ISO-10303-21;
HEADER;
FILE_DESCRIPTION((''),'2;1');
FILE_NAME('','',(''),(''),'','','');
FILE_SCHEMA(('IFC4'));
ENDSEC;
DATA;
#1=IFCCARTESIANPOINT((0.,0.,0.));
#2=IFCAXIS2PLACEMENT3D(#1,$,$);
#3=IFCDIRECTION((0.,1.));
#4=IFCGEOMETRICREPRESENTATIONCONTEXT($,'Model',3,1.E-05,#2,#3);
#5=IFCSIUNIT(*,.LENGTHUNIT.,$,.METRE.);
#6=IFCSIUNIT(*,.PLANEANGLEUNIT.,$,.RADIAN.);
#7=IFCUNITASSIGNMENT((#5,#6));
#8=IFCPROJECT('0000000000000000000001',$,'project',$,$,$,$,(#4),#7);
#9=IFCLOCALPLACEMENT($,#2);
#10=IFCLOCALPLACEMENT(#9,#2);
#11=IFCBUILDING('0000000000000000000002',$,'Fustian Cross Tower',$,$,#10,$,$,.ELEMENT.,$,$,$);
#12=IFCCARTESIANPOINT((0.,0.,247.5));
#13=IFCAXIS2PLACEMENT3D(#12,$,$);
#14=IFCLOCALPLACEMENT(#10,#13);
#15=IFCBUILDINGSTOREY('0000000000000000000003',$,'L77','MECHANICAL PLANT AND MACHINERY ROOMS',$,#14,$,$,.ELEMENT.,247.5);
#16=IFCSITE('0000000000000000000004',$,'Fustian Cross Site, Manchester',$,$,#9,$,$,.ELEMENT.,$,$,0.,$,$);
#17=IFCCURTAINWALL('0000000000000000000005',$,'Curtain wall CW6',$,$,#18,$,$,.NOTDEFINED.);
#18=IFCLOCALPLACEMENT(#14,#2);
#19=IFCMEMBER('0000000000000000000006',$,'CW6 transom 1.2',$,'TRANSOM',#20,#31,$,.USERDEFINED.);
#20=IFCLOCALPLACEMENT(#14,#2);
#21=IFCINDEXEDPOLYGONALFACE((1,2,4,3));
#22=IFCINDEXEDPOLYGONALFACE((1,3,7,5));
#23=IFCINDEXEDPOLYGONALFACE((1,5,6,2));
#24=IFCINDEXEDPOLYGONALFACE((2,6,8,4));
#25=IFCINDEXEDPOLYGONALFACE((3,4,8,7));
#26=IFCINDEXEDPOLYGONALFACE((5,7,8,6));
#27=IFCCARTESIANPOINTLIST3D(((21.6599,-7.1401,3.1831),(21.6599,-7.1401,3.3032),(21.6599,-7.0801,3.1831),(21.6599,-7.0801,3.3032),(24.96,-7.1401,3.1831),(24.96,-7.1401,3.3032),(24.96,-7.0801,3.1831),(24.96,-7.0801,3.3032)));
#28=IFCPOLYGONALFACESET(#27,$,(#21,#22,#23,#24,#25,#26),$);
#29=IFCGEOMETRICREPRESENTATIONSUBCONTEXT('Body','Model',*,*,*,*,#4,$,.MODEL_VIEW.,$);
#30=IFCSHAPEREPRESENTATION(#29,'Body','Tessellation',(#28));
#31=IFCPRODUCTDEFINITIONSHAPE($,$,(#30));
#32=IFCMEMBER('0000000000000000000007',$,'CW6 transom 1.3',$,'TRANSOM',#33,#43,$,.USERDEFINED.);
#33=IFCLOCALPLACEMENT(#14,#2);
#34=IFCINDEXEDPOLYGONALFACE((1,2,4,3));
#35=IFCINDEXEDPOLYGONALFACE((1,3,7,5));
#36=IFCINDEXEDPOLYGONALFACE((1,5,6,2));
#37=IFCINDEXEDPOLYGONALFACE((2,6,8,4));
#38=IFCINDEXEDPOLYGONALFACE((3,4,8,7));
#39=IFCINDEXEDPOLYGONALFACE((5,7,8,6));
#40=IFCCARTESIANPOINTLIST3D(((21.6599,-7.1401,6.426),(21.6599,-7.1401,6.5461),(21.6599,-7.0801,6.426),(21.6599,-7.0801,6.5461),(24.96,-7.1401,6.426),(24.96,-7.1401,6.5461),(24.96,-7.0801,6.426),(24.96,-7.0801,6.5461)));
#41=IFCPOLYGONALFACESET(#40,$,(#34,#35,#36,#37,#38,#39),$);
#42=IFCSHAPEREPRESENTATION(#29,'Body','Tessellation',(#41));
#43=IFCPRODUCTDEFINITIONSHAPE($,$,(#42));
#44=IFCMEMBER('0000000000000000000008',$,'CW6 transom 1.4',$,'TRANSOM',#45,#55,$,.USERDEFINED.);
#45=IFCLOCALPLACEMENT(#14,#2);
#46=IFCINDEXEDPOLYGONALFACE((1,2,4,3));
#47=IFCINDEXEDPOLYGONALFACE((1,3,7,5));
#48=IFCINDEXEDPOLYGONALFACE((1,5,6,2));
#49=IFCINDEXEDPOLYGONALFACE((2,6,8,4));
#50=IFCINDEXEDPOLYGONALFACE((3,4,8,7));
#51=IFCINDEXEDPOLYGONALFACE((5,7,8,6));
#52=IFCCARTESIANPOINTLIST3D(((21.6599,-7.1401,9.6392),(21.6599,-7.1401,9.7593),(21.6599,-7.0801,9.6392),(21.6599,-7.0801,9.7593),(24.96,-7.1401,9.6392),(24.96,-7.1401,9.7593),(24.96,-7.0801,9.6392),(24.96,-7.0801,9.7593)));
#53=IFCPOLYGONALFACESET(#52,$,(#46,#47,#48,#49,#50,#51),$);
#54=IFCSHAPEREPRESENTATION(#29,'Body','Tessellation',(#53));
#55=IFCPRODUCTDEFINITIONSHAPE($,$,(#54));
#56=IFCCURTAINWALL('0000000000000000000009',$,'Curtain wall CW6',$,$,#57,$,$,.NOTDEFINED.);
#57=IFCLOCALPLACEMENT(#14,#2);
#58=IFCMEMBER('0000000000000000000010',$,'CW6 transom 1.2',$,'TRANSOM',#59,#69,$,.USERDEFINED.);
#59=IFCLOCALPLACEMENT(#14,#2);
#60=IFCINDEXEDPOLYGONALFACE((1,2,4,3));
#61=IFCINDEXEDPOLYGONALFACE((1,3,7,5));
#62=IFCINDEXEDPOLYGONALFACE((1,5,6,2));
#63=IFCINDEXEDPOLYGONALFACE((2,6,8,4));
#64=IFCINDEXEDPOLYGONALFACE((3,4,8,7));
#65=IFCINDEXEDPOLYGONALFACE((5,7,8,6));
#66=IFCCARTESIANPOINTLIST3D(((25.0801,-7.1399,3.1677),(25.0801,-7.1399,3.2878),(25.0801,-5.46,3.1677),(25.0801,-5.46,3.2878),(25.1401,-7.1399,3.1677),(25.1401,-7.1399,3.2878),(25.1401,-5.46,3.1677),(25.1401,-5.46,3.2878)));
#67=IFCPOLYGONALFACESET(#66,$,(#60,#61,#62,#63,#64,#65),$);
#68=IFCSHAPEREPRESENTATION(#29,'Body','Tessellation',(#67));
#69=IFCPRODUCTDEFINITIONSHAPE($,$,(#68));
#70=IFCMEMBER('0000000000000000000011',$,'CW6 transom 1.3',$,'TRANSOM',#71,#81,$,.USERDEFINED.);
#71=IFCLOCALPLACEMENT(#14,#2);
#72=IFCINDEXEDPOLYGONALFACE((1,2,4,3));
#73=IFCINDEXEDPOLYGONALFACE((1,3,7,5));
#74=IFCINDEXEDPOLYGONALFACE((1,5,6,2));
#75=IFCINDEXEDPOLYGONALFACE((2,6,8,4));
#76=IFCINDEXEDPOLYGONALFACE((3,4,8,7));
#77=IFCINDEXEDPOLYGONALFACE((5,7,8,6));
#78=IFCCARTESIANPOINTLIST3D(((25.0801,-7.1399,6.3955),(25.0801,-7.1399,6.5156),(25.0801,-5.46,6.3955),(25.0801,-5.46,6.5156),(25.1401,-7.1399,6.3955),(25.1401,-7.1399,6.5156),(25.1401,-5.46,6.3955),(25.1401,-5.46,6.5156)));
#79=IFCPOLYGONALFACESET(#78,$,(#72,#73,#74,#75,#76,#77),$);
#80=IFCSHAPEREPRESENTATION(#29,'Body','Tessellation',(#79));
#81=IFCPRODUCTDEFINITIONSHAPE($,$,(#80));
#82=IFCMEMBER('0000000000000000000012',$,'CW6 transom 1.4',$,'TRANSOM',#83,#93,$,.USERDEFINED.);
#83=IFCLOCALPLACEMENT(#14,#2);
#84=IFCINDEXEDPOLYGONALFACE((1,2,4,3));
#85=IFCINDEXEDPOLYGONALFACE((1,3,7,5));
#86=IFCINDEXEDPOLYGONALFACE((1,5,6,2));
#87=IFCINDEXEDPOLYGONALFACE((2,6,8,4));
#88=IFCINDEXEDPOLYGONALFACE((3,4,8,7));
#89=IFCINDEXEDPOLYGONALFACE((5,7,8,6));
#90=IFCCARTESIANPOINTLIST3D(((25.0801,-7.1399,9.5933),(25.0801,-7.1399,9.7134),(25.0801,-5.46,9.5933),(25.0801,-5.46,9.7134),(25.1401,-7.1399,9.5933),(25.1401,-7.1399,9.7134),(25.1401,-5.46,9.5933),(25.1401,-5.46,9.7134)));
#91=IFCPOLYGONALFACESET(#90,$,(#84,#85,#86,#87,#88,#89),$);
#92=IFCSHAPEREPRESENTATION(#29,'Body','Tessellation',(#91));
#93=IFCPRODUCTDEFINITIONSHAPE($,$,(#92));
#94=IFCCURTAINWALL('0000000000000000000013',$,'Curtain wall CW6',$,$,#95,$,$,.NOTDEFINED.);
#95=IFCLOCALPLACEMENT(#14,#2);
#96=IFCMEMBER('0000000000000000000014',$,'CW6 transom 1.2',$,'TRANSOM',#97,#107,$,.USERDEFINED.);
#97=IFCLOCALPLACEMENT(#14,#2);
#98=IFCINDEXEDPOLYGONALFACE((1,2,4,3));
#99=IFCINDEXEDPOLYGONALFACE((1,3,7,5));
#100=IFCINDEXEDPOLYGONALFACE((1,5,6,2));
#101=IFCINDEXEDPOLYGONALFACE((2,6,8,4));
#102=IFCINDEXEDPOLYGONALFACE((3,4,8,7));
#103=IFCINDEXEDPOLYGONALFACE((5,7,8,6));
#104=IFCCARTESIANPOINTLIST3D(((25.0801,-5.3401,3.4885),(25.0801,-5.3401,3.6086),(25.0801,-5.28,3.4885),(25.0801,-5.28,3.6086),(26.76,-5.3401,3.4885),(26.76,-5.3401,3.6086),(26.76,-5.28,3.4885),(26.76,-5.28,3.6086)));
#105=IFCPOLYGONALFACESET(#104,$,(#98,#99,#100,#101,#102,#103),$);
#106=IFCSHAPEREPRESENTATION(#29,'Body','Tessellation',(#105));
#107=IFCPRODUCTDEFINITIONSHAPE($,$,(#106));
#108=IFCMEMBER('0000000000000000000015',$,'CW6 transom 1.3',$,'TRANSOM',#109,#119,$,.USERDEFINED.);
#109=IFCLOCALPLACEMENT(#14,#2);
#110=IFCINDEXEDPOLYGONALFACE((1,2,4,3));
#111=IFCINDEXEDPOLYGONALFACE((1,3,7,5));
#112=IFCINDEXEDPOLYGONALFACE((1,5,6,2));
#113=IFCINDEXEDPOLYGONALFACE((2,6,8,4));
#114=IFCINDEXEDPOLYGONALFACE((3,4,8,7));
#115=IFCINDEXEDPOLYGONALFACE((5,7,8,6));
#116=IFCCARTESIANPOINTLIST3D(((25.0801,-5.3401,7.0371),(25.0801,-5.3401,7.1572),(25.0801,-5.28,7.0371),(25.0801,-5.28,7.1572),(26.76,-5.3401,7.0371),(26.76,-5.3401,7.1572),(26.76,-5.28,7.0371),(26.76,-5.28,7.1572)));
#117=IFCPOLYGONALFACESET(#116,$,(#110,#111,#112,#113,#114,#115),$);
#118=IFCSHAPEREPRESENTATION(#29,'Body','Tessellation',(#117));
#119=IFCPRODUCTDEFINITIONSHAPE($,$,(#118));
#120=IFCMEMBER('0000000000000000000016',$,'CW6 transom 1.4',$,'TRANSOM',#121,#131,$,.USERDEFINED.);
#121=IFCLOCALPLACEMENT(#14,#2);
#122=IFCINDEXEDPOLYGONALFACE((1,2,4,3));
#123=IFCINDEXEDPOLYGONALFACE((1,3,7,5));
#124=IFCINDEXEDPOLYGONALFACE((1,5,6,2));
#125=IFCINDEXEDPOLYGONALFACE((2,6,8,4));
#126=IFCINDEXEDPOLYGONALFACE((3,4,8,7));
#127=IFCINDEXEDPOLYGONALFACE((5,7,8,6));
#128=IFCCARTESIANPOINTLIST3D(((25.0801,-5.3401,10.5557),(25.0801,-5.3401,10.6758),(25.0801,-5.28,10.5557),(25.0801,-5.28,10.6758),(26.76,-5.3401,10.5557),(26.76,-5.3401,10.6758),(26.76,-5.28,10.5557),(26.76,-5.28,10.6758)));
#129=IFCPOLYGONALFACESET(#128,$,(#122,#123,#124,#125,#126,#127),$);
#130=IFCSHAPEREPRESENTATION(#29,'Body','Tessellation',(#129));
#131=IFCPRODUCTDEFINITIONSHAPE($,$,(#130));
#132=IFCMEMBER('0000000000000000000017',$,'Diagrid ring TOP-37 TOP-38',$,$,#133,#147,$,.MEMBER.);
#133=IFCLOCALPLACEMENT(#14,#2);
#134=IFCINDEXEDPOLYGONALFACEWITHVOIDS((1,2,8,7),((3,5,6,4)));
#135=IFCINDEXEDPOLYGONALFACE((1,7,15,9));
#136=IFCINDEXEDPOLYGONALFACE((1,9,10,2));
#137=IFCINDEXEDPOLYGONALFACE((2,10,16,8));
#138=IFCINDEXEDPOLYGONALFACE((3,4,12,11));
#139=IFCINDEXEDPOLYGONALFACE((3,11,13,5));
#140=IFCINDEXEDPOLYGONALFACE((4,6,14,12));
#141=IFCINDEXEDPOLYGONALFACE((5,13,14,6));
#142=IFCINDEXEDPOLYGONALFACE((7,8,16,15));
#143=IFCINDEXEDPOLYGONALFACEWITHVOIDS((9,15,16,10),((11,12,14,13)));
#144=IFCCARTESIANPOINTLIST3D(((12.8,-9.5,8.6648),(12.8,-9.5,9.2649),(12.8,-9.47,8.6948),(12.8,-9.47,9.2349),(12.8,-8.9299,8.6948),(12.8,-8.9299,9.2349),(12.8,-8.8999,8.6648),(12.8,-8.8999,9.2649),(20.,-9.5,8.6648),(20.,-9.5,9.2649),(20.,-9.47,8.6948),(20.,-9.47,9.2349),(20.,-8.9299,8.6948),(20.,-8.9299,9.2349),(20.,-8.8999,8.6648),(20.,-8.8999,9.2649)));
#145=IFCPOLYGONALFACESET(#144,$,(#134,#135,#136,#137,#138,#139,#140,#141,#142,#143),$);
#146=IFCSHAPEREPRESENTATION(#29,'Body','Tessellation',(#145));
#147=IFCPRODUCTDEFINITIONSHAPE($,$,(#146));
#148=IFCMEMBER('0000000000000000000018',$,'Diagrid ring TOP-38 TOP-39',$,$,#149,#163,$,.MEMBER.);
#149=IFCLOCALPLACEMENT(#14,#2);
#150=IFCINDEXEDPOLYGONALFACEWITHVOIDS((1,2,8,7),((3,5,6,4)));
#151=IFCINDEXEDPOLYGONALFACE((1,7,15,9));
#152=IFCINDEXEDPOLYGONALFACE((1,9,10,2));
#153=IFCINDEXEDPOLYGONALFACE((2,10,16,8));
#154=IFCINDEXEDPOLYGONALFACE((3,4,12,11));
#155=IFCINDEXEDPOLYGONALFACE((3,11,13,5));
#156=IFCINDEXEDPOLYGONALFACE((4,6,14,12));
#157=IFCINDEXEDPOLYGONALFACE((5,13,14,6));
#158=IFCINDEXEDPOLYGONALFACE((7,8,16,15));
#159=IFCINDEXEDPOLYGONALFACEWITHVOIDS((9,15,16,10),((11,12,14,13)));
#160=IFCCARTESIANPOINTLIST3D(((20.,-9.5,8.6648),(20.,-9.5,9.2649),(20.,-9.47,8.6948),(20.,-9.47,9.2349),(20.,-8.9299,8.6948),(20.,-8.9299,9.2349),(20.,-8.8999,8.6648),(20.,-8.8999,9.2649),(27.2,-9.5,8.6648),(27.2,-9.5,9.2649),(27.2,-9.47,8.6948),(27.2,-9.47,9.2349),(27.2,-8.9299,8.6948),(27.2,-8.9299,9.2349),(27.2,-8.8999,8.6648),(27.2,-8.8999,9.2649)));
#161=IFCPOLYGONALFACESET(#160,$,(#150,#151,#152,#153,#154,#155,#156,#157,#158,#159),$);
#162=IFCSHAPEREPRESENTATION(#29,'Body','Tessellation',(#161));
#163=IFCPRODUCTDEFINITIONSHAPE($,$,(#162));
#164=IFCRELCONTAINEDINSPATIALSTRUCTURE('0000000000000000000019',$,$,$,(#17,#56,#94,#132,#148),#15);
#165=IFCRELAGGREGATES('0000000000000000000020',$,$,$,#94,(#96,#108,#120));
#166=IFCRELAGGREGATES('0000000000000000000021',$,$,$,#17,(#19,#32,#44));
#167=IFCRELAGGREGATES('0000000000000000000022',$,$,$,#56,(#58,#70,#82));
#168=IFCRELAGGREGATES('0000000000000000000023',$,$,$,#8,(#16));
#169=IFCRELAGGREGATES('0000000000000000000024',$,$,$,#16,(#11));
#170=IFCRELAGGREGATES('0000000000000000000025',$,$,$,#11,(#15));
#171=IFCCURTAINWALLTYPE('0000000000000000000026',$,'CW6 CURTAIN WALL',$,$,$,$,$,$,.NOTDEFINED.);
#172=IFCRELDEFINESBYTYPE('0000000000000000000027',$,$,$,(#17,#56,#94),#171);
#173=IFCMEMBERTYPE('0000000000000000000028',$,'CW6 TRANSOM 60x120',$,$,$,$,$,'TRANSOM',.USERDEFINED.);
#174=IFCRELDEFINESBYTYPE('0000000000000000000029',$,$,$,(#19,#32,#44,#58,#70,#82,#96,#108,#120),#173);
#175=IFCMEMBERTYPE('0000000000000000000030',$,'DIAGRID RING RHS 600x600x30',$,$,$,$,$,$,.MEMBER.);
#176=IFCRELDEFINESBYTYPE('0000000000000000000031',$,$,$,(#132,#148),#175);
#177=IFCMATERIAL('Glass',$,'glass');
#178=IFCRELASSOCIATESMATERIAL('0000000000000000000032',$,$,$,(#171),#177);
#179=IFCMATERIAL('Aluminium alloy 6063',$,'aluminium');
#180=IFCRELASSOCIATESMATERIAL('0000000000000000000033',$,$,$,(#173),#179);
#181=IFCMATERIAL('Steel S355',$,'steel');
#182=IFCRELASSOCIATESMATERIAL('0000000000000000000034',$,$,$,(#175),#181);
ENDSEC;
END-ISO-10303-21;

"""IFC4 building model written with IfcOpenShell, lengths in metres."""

from ifc_helpers import new_model, si_unit, direction, frame, origin, origin_2d, place, context, subcontext, project, spatial, rectangle, hollow_rectangle, extrude, material, material_profile, profile_set, type_object, element, aggregate, save


model = new_model("IFC4")

# Units and contexts
model_context = context("Model", 3, precision=1e-05, world=origin(), true_north=direction((0.0, 1.0)))
body_context = subcontext(model_context, "Body", "Model", "MODEL_VIEW")
ifc_project = project(units=[si_unit("LENGTHUNIT", "METRE"), si_unit("PLANEANGLEUNIT", "RADIAN")], contexts=[model_context])

# Site, building, storey
site_placement = place(None, origin())
site = spatial("IfcSite", under=ifc_project, at=site_placement, Name="Fustian Cross Site, Manchester", CompositionType="ELEMENT", RefElevation=0.0)
building_placement = place(site_placement, origin())
building = spatial("IfcBuilding", under=site, at=building_placement, Name="Fustian Cross Tower", CompositionType="ELEMENT")
storey_placement = place(building_placement, frame((0.0, 0.0, 247.5)))
storey = spatial("IfcBuildingStorey", under=building, at=storey_placement, Name="L77", Description="MECHANICAL PLANT AND MACHINERY ROOMS", CompositionType="ELEMENT", Elevation=247.5)

# Curtain walls, members
ifc_material_1 = material(Name="Glass", Category="glass")
curtain_wall_type = type_object("IfcCurtainWallType", Name="CW6 CURTAIN WALL", PredefinedType="NOTDEFINED", material=ifc_material_1)
curtain_wall_1_placement = place(storey_placement, origin())
curtain_wall_1 = element("IfcCurtainWall", 1, at=curtain_wall_1_placement, inside=storey, type_object=curtain_wall_type, Name="Curtain wall CW6", PredefinedType="NOTDEFINED")
ifc_material_2 = material(Name="Aluminium alloy 6063", Category="aluminium")
ifc_material_profile_1 = material_profile(ifc_material_2, rectangle(XDim=0.0601, YDim=0.1201, at=origin_2d()), Name="CW6 TRANSOM 60x120")
ifc_profile_set_1 = profile_set([ifc_material_profile_1], Name="Aluminium alloy 6063")
member_type_1 = type_object("IfcMemberType", Name="CW6 TRANSOM 60x120", ElementType="TRANSOM", PredefinedType="USERDEFINED", material=ifc_profile_set_1)
member_1_placement = place(storey_placement, frame((21.6599, -7.1101, 3.2432), z_axis=(1.0, 0.0, 0.0), x_axis=(0.0, 1.0, 0.0)))
member_1 = element("IfcMember", 2, at=member_1_placement, type_object=member_type_1, Name="CW6 transom 1.2", ObjectType="TRANSOM", PredefinedType="USERDEFINED", context=body_context, shape_type="SweptSolid", body=[
    extrude(rectangle(XDim=0.0601, YDim=0.1201, at=origin_2d()), origin(), (0.0, 0.0, 1.0), 3.3),
])
member_2_placement = place(storey_placement, frame((21.6599, -7.1101, 6.4861), z_axis=(1.0, 0.0, 0.0), x_axis=(0.0, 1.0, 0.0)))
member_2 = element("IfcMember", 3, at=member_2_placement, type_object=member_type_1, Name="CW6 transom 1.3", ObjectType="TRANSOM", PredefinedType="USERDEFINED", context=body_context, shape_type="SweptSolid", body=[
    extrude(rectangle(XDim=0.0601, YDim=0.1201, at=origin_2d()), origin(), (0.0, 0.0, 1.0), 3.3),
])
member_3_placement = place(storey_placement, frame((21.6599, -7.1101, 9.6992), z_axis=(1.0, 0.0, 0.0), x_axis=(0.0, 1.0, 0.0)))
member_3 = element("IfcMember", 4, at=member_3_placement, type_object=member_type_1, Name="CW6 transom 1.4", ObjectType="TRANSOM", PredefinedType="USERDEFINED", context=body_context, shape_type="SweptSolid", body=[
    extrude(rectangle(XDim=0.0601, YDim=0.1201, at=origin_2d()), origin(), (0.0, 0.0, 1.0), 3.3),
])
curtain_wall_2_placement = place(storey_placement, origin())
curtain_wall_2 = element("IfcCurtainWall", 5, at=curtain_wall_2_placement, inside=storey, type_object=curtain_wall_type, Name="Curtain wall CW6", PredefinedType="NOTDEFINED")
member_4_placement = place(storey_placement, frame((25.1101, -7.1399, 3.2278), z_axis=(0.0, 1.0, 0.0), x_axis=(-1.0, 0.0, 0.0)))
member_4 = element("IfcMember", 6, at=member_4_placement, type_object=member_type_1, Name="CW6 transom 1.2", ObjectType="TRANSOM", PredefinedType="USERDEFINED", context=body_context, shape_type="SweptSolid", body=[
    extrude(rectangle(XDim=0.0601, YDim=0.1201, at=origin_2d()), origin(), (0.0, 0.0, 1.0), 1.6799),
])
member_5_placement = place(storey_placement, frame((25.1101, -7.1399, 6.4556), z_axis=(0.0, 1.0, 0.0), x_axis=(-1.0, 0.0, 0.0)))
member_5 = element("IfcMember", 7, at=member_5_placement, type_object=member_type_1, Name="CW6 transom 1.3", ObjectType="TRANSOM", PredefinedType="USERDEFINED", context=body_context, shape_type="SweptSolid", body=[
    extrude(rectangle(XDim=0.0601, YDim=0.1201, at=origin_2d()), origin(), (0.0, 0.0, 1.0), 1.6799),
])
member_6_placement = place(storey_placement, frame((25.1101, -7.1399, 9.6533), z_axis=(0.0, 1.0, 0.0), x_axis=(-1.0, 0.0, 0.0)))
member_6 = element("IfcMember", 8, at=member_6_placement, type_object=member_type_1, Name="CW6 transom 1.4", ObjectType="TRANSOM", PredefinedType="USERDEFINED", context=body_context, shape_type="SweptSolid", body=[
    extrude(rectangle(XDim=0.0601, YDim=0.1201, at=origin_2d()), origin(), (0.0, 0.0, 1.0), 1.6799),
])
curtain_wall_3_placement = place(storey_placement, origin())
curtain_wall_3 = element("IfcCurtainWall", 9, at=curtain_wall_3_placement, inside=storey, type_object=curtain_wall_type, Name="Curtain wall CW6", PredefinedType="NOTDEFINED")
member_7_placement = place(storey_placement, frame((25.0801, -5.3101, 3.5486), z_axis=(1.0, 0.0, 0.0), x_axis=(0.0, 1.0, 0.0)))
member_7 = element("IfcMember", 10, at=member_7_placement, type_object=member_type_1, Name="CW6 transom 1.2", ObjectType="TRANSOM", PredefinedType="USERDEFINED", context=body_context, shape_type="SweptSolid", body=[
    extrude(rectangle(XDim=0.0601, YDim=0.1201, at=origin_2d()), origin(), (0.0, 0.0, 1.0), 1.6799),
])
member_8_placement = place(storey_placement, frame((25.0801, -5.3101, 7.0972), z_axis=(1.0, 0.0, 0.0), x_axis=(0.0, 1.0, 0.0)))
member_8 = element("IfcMember", 11, at=member_8_placement, type_object=member_type_1, Name="CW6 transom 1.3", ObjectType="TRANSOM", PredefinedType="USERDEFINED", context=body_context, shape_type="SweptSolid", body=[
    extrude(rectangle(XDim=0.0601, YDim=0.1201, at=origin_2d()), origin(), (0.0, 0.0, 1.0), 1.6799),
])
member_9_placement = place(storey_placement, frame((25.0801, -5.3101, 10.6157), z_axis=(1.0, 0.0, 0.0), x_axis=(0.0, 1.0, 0.0)))
member_9 = element("IfcMember", 12, at=member_9_placement, type_object=member_type_1, Name="CW6 transom 1.4", ObjectType="TRANSOM", PredefinedType="USERDEFINED", context=body_context, shape_type="SweptSolid", body=[
    extrude(rectangle(XDim=0.0601, YDim=0.1201, at=origin_2d()), origin(), (0.0, 0.0, 1.0), 1.6799),
])
aggregate(curtain_wall_3, [member_7, member_8, member_9])

# Members
ifc_material_3 = material(Name="Steel S355", Category="steel")
ifc_material_profile_2 = material_profile(ifc_material_3, hollow_rectangle(XDim=0.6001, YDim=0.6001, WallThickness=0.03, at=origin_2d()), Name="RHS 600x600x30")
ifc_profile_set_2 = profile_set([ifc_material_profile_2], Name="Steel S355")
member_type_2 = type_object("IfcMemberType", Name="DIAGRID RING RHS 600x600x30", PredefinedType="MEMBER", material=ifc_profile_set_2)
for number, where, z_axis, x_axis, name in (
    (13, (12.8, -9.2, 8.9648), (1.0, 0.0, 0.0), (0.0, 1.0, 0.0), "Diagrid ring TOP-37 TOP-38"),
    (14, (20.0, -9.2, 8.9648), (1.0, 0.0, 0.0), (0.0, 1.0, 0.0), "Diagrid ring TOP-38 TOP-39"),
):
    element("IfcMember", number, at=place(storey_placement, frame(where, z_axis=z_axis, x_axis=x_axis)), inside=storey, type_object=member_type_2, Name=name, PredefinedType="MEMBER", context=body_context, shape_type="SweptSolid", body=[
        extrude(hollow_rectangle(XDim=0.6001, YDim=0.6001, WallThickness=0.03, at=origin_2d()), origin(), (0.0, 0.0, 1.0), 7.2),
    ])

aggregate(curtain_wall_1, [member_1, member_2, member_3])
aggregate(curtain_wall_2, [member_4, member_5, member_6])

save(model, "model.ifc")
